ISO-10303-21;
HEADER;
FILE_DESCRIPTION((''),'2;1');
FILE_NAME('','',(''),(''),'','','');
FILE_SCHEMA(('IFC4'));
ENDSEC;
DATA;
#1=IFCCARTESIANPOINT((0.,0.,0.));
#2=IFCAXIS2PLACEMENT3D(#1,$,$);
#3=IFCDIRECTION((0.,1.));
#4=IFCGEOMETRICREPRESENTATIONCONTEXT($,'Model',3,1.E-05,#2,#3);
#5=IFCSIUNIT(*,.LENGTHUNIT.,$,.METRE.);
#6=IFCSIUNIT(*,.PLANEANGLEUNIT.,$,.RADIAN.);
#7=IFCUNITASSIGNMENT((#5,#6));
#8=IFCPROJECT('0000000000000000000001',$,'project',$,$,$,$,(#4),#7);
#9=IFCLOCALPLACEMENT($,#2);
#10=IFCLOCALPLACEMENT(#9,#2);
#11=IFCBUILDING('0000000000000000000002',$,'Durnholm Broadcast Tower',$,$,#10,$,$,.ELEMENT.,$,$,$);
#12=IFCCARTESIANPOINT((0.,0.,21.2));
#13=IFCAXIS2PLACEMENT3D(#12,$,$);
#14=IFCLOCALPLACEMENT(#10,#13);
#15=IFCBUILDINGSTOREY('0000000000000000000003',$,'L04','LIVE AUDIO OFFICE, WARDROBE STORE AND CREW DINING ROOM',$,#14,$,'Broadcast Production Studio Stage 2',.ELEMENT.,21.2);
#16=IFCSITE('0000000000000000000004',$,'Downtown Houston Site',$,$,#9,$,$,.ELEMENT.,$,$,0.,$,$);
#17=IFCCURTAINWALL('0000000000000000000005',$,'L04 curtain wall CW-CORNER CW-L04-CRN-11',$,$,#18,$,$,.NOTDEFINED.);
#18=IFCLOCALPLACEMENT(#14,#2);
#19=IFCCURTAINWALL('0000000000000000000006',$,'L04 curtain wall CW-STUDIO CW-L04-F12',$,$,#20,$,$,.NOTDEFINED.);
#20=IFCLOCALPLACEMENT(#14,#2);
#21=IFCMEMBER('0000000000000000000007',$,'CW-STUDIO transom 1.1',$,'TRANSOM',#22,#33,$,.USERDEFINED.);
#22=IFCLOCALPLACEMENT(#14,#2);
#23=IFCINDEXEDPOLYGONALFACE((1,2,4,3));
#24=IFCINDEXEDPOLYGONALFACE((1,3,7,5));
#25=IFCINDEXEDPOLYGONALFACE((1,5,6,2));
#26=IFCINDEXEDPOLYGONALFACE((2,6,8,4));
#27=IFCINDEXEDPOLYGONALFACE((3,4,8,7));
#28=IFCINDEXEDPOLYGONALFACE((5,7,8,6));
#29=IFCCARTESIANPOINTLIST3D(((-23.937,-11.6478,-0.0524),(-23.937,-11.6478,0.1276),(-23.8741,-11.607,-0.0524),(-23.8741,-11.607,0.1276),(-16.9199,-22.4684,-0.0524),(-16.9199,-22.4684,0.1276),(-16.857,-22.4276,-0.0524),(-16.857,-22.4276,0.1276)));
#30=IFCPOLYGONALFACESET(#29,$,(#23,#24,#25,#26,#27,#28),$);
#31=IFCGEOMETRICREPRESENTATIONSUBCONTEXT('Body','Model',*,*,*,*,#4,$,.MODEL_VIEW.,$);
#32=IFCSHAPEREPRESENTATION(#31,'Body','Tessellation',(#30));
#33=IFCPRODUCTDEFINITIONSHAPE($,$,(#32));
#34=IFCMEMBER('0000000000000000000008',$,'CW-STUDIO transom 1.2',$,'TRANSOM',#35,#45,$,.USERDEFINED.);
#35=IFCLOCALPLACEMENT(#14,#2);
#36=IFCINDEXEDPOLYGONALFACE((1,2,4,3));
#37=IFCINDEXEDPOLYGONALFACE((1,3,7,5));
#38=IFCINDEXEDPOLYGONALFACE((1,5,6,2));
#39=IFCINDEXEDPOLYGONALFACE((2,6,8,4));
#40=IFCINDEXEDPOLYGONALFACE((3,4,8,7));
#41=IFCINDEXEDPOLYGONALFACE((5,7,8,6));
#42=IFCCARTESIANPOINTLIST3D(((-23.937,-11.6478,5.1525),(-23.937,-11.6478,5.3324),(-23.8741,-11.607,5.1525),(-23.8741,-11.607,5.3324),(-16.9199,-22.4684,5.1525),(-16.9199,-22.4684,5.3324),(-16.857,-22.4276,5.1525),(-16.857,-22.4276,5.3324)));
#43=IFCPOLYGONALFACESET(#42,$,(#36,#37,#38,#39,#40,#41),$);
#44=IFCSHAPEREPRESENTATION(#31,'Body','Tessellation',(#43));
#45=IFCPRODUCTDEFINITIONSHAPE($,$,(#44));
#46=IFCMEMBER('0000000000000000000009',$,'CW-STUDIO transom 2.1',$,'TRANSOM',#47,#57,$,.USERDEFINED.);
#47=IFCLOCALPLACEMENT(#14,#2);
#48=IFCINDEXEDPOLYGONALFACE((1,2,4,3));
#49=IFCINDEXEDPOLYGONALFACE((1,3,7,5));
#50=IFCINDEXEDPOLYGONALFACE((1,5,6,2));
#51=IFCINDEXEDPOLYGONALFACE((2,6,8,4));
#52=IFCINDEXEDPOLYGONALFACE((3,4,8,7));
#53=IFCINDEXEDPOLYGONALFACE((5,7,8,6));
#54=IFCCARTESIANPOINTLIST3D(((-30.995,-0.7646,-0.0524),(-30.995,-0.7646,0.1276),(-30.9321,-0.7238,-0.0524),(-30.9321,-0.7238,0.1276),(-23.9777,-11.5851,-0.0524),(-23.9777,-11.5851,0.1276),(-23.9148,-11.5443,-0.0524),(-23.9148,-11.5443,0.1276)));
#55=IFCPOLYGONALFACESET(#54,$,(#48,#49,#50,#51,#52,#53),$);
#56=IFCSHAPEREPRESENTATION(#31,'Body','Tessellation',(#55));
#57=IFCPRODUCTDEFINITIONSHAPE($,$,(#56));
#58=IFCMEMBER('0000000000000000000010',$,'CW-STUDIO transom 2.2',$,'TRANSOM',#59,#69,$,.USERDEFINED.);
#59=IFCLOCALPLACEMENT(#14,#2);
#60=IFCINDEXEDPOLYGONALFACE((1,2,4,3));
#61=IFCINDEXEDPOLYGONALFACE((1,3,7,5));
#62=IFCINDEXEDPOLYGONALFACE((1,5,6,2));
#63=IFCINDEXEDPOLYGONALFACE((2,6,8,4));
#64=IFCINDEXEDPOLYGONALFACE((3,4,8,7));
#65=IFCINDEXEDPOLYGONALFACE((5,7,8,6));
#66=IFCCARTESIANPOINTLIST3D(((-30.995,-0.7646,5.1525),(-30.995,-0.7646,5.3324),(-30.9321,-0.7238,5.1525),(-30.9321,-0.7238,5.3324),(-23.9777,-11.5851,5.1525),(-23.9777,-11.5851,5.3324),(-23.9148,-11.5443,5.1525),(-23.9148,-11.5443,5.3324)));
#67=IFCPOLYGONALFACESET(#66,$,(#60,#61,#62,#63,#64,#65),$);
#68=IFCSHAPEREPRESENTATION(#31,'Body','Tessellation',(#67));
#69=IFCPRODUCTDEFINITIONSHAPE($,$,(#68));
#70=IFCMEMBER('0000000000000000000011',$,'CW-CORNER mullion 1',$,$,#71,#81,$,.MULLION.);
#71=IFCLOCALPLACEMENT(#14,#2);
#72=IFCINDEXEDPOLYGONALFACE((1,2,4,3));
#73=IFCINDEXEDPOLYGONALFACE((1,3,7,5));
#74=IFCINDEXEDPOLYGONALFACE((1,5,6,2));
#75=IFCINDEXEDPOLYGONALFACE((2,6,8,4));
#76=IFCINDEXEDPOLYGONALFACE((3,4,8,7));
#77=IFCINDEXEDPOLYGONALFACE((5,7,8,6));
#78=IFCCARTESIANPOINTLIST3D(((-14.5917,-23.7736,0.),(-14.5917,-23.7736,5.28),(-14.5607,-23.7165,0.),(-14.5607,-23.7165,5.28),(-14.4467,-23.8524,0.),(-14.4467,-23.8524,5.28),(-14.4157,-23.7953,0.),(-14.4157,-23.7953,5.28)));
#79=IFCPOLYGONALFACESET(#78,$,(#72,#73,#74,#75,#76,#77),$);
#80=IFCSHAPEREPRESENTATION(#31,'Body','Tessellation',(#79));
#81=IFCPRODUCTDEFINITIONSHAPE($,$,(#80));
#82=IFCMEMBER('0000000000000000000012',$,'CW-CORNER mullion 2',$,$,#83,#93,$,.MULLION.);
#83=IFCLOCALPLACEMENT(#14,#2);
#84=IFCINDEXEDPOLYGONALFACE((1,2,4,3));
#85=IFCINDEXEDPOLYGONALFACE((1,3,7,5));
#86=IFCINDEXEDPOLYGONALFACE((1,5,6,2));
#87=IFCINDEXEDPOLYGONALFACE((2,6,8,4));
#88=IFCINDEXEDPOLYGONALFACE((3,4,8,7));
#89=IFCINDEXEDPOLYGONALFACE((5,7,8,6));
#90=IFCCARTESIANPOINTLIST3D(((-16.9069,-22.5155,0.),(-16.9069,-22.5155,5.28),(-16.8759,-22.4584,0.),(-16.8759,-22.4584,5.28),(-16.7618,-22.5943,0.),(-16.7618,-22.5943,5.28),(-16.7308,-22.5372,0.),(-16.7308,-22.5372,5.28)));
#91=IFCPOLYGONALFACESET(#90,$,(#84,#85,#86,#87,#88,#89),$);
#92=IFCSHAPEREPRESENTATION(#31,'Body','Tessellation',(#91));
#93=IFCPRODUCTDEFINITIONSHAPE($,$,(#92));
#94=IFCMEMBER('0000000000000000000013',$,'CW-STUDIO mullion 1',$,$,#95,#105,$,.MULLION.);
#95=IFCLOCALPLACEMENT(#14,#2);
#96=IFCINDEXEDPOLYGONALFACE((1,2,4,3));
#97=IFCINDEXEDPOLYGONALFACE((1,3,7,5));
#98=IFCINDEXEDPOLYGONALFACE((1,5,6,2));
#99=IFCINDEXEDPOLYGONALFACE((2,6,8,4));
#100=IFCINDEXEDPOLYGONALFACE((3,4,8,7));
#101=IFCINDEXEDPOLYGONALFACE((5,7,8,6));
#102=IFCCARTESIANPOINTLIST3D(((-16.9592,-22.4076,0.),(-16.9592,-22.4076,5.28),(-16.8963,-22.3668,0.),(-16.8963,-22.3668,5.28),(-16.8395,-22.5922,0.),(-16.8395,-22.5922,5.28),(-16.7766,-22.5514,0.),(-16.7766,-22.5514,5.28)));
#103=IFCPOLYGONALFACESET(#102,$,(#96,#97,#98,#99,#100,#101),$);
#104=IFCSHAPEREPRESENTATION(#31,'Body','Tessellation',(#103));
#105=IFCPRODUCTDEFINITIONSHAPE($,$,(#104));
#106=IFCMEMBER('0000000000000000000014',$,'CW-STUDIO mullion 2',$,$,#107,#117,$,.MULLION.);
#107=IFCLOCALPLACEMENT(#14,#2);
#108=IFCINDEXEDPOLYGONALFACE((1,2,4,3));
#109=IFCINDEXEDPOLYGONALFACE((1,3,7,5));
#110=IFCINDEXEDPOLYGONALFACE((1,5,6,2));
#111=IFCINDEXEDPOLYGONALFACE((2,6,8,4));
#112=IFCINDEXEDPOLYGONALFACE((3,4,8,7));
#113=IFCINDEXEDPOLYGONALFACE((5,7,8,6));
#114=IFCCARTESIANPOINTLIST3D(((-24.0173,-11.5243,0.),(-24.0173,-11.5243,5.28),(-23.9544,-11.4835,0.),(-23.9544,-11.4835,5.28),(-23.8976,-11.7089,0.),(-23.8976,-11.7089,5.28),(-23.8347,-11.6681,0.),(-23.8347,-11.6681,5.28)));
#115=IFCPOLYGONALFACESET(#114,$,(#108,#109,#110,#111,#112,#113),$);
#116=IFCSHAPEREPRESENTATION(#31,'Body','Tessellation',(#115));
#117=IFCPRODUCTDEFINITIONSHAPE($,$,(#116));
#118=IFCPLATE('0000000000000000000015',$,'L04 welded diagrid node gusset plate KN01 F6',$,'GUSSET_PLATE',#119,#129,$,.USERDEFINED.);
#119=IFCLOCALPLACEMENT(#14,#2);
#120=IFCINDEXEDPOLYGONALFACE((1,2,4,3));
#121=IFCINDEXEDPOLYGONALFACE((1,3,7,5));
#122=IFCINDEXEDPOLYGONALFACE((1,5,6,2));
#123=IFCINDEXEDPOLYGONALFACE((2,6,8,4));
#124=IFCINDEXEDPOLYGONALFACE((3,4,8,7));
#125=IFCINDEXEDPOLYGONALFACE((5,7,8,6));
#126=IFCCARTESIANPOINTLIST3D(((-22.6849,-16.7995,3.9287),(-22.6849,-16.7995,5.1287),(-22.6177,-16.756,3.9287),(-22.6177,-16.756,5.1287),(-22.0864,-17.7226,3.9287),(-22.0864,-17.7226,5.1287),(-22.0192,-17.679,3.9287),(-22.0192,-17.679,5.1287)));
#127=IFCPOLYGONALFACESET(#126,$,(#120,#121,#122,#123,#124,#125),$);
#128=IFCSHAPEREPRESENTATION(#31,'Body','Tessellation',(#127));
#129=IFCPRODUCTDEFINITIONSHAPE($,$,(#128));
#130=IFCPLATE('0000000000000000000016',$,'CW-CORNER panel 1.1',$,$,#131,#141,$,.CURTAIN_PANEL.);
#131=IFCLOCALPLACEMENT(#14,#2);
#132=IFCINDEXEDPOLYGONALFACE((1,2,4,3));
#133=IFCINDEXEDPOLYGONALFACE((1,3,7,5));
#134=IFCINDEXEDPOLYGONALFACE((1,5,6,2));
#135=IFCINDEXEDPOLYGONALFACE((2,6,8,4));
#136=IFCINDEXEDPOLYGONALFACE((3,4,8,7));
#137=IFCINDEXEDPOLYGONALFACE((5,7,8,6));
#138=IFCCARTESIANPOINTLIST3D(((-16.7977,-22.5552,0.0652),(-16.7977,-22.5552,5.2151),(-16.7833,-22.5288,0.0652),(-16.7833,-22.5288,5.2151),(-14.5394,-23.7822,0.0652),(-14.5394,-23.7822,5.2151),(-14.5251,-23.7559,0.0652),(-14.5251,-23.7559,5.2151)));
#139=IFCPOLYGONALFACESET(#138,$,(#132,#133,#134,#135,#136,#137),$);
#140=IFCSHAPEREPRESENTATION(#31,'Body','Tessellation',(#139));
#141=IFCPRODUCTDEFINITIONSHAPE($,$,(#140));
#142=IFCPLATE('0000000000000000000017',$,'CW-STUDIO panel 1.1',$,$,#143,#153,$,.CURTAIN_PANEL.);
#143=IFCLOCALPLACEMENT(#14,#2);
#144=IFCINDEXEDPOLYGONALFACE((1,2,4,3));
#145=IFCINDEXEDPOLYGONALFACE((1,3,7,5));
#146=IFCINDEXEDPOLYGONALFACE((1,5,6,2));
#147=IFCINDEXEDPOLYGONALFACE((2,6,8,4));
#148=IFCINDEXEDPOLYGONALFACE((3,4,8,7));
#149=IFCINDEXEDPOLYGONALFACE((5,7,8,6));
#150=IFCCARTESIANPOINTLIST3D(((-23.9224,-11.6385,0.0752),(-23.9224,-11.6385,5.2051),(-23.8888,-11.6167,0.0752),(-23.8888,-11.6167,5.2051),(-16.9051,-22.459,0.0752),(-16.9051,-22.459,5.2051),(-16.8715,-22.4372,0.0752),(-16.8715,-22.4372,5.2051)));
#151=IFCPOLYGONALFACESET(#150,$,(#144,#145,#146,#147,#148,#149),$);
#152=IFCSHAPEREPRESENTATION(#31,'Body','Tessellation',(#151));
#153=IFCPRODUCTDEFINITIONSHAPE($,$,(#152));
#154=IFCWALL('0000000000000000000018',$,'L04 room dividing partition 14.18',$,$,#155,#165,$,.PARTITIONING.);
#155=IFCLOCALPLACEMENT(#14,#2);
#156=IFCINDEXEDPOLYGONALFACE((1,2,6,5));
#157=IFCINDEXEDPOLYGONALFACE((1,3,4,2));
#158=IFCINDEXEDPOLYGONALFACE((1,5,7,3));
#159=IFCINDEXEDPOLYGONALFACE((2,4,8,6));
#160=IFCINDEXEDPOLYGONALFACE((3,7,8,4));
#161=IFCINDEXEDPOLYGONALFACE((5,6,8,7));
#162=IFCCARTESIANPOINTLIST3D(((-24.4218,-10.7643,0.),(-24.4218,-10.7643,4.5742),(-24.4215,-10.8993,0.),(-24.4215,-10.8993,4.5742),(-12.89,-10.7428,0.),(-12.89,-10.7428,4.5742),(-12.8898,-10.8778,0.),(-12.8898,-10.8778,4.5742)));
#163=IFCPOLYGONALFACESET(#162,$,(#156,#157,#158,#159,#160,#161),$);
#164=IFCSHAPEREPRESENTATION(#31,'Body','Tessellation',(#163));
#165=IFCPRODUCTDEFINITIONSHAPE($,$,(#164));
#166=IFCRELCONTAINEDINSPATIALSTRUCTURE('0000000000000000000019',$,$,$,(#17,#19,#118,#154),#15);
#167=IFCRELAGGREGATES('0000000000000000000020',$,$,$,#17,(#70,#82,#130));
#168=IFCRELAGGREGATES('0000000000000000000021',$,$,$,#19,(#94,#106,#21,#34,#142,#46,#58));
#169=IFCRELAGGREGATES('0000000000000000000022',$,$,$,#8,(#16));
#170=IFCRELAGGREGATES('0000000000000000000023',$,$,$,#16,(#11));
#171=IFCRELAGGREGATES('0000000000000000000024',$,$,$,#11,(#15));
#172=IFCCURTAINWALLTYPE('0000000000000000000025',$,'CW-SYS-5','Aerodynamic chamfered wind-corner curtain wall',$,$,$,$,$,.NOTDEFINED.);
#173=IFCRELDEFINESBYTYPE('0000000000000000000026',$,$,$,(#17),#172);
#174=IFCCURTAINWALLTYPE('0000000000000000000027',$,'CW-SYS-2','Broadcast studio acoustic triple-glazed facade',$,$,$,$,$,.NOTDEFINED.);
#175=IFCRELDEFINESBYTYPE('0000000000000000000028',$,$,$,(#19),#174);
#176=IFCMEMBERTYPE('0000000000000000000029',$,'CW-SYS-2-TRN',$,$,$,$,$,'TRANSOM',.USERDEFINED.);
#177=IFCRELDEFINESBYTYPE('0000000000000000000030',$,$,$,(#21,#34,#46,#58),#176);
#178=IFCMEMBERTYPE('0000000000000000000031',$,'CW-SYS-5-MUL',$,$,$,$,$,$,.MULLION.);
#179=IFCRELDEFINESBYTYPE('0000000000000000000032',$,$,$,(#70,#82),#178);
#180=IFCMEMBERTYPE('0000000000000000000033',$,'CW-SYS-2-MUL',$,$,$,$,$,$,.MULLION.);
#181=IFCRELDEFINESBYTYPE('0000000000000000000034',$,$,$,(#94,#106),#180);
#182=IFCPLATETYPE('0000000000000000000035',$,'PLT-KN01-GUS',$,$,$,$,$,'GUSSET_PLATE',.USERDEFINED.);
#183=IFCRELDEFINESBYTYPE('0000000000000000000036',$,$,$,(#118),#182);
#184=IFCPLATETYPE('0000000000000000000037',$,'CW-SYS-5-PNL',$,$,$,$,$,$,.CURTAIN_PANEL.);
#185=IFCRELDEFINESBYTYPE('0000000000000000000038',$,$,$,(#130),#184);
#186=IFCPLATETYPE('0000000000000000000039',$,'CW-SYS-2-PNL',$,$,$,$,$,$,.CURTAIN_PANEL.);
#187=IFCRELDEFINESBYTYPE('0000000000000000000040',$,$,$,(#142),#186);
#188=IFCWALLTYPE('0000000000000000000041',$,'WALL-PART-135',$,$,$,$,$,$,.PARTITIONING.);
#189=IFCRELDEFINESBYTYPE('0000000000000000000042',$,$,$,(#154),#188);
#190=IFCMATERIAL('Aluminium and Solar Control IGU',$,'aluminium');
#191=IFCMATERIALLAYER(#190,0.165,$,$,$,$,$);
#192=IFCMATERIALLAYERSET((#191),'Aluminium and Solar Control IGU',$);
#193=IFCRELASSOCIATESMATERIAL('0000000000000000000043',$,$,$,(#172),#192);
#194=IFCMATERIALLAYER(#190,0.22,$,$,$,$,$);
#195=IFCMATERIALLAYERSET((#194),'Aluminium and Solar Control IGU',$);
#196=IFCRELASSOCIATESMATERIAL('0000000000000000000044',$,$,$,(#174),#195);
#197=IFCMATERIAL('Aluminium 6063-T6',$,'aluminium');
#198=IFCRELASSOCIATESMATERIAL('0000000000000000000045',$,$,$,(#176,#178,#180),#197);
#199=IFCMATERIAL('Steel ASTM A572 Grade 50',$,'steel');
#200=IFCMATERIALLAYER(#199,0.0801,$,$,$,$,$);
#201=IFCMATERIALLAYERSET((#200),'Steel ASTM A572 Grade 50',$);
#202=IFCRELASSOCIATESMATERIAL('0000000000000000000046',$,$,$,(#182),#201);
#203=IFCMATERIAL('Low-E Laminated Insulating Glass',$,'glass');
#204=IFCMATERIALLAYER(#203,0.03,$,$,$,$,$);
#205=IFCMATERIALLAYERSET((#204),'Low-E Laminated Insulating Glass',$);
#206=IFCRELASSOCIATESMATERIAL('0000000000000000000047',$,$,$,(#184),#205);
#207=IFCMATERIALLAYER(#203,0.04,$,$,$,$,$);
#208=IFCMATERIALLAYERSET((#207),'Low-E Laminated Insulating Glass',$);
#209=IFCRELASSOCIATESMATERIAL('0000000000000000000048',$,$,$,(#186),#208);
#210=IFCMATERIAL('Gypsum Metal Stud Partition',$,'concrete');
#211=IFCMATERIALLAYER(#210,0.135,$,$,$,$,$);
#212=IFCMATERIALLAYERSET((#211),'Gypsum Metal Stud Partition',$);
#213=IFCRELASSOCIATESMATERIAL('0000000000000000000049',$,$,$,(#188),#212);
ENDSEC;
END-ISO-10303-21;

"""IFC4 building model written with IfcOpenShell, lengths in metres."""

from ifc_helpers import new_model, si_unit, direction, frame, frame_2d, origin, origin_2d, place, context, subcontext, project, spatial, rectangle, extrude, source, transform, mapped, material, layer, layer_set, material_profile, profile_set, type_object, type_shapes, element, aggregate, save


model = new_model("IFC4")

# Units and contexts
model_context = context("Model", 3, precision=1e-05, world=origin(), true_north=direction((0.0, 1.0)))
body_context = subcontext(model_context, "Body", "Model", "MODEL_VIEW")
ifc_project = project(units=[si_unit("LENGTHUNIT", "METRE"), si_unit("PLANEANGLEUNIT", "RADIAN")], contexts=[model_context])

# Site, building, storey
site_placement = place(None, origin())
site = spatial("IfcSite", under=ifc_project, at=site_placement, Name="Downtown Houston Site", CompositionType="ELEMENT", RefElevation=0.0)
building_placement = place(site_placement, origin())
building = spatial("IfcBuilding", under=site, at=building_placement, Name="Durnholm Broadcast Tower", CompositionType="ELEMENT")
storey_placement = place(building_placement, frame((0.0, 0.0, 21.2)))
storey = spatial("IfcBuildingStorey", under=building, at=storey_placement, Name="L04", Description="LIVE AUDIO OFFICE, WARDROBE STORE AND CREW DINING ROOM", LongName="Broadcast Production Studio Stage 2", CompositionType="ELEMENT", Elevation=21.2)

# Curtain walls, members
ifc_material_1 = material(Name="Aluminium and Solar Control IGU", Category="aluminium")
ifc_layer_1 = layer(ifc_material_1, 0.165)
ifc_layer_set_1 = layer_set([ifc_layer_1], Name="Aluminium and Solar Control IGU")
curtain_wall_type_1 = type_object("IfcCurtainWallType", Name="CW-SYS-5", Description="Aerodynamic chamfered wind-corner curtain wall", PredefinedType="NOTDEFINED", material=ifc_layer_set_1)
curtain_wall_1_placement = place(storey_placement, origin())
curtain_wall_1 = element("IfcCurtainWall", 1, at=curtain_wall_1_placement, inside=storey, type_object=curtain_wall_type_1, Name="L04 curtain wall CW-CORNER CW-L04-CRN-11", PredefinedType="NOTDEFINED")
ifc_material_2 = material(Name="Aluminium 6063-T6", Category="aluminium")
ifc_layer_2 = layer(ifc_material_1, 0.22)
ifc_layer_set_2 = layer_set([ifc_layer_2], Name="Aluminium and Solar Control IGU")
curtain_wall_type_2 = type_object("IfcCurtainWallType", Name="CW-SYS-2", Description="Broadcast studio acoustic triple-glazed facade", PredefinedType="NOTDEFINED", material=ifc_layer_set_2)
curtain_wall_2_placement = place(storey_placement, origin())
curtain_wall_2 = element("IfcCurtainWall", 2, at=curtain_wall_2_placement, inside=storey, type_object=curtain_wall_type_2, Name="L04 curtain wall CW-STUDIO CW-L04-F12", PredefinedType="NOTDEFINED")
ifc_material_profile_1 = material_profile(ifc_material_2, rectangle(XDim=0.075, YDim=0.1799, at=origin_2d()), Name="CWT75X180")
ifc_profile_set_1 = profile_set([ifc_material_profile_1], Name="Aluminium 6063-T6")
member_type_1 = type_object("IfcMemberType", Name="CW-SYS-2-TRN", ElementType="TRANSOM", PredefinedType="USERDEFINED", material=ifc_profile_set_1)
shared_shape_1 = source(origin(), body_context, "Body", "SweptSolid", [
    extrude(rectangle(XDim=0.075, YDim=0.1799, at=origin_2d()), origin(), (0.0, 0.0, 1.0), 12.8967),
])
type_shapes(member_type_1, [shared_shape_1])
member_1_placement = place(storey_placement, frame((-16.8884, -22.448, 0.0376), z_axis=(-0.544101, 0.83902, 0.0), x_axis=(-0.83902, -0.544101, 0.0)))
member_1 = element("IfcMember", 3, at=member_1_placement, type_object=member_type_1, Name="CW-STUDIO transom 1.1", ObjectType="TRANSOM", PredefinedType="USERDEFINED", context=body_context, shape_type="MappedRepresentation", body=[
    mapped(shared_shape_1, transform((0.0, 0.0, 0.0), x_axis=(1.0, 0.0, 0.0), y_axis=(0.0, 1.0, 0.0), z_axis=(0.0, 0.0, 1.0), scale=1.0)),
])
member_2_placement = place(storey_placement, frame((-16.8884, -22.448, 5.2424), z_axis=(-0.544101, 0.83902, 0.0), x_axis=(-0.83902, -0.544101, 0.0)))
member_2 = element("IfcMember", 4, at=member_2_placement, type_object=member_type_1, Name="CW-STUDIO transom 1.2", ObjectType="TRANSOM", PredefinedType="USERDEFINED", context=body_context, shape_type="MappedRepresentation", body=[
    mapped(shared_shape_1, transform((0.0, 0.0, 0.0), x_axis=(1.0, 0.0, 0.0), y_axis=(0.0, 1.0, 0.0), z_axis=(0.0, 0.0, 1.0), scale=1.0)),
])
member_3_placement = place(storey_placement, frame((-23.9463, -11.5647, 0.0376), z_axis=(-0.544114, 0.839011, 0.0), x_axis=(-0.839011, -0.544114, 0.0)))
member_3 = element("IfcMember", 5, at=member_3_placement, type_object=member_type_1, Name="CW-STUDIO transom 2.1", ObjectType="TRANSOM", PredefinedType="USERDEFINED", context=body_context, shape_type="MappedRepresentation", body=[
    mapped(shared_shape_1, transform((0.0, 0.0, 0.0), x_axis=(1.0, 0.0, 0.0), y_axis=(0.0, 1.0, 0.0), z_axis=(0.0, 0.0, 1.0), scale=1.0)),
])
member_4_placement = place(storey_placement, frame((-23.9463, -11.5647, 5.2424), z_axis=(-0.544114, 0.839011, 0.0), x_axis=(-0.839011, -0.544114, 0.0)))
member_4 = element("IfcMember", 6, at=member_4_placement, type_object=member_type_1, Name="CW-STUDIO transom 2.2", ObjectType="TRANSOM", PredefinedType="USERDEFINED", context=body_context, shape_type="MappedRepresentation", body=[
    mapped(shared_shape_1, transform((0.0, 0.0, 0.0), x_axis=(1.0, 0.0, 0.0), y_axis=(0.0, 1.0, 0.0), z_axis=(0.0, 0.0, 1.0), scale=1.0)),
])

# Members
ifc_material_profile_2 = material_profile(ifc_material_2, rectangle(XDim=0.0649, YDim=0.165, at=origin_2d()), Name="CWM65X165")
ifc_profile_set_2 = profile_set([ifc_material_profile_2], Name="Aluminium 6063-T6")
member_type_2 = type_object("IfcMemberType", Name="CW-SYS-5-MUL", PredefinedType="MULLION", material=ifc_profile_set_2)
shared_shape_2 = source(origin(), body_context, "Body", "SweptSolid", [
    extrude(rectangle(XDim=0.0649, YDim=0.165, at=origin_2d()), origin(), (0.0, 0.0, 1.0), 5.28),
])
type_shapes(member_type_2, [shared_shape_2])
member_5_placement = place(storey_placement, frame((-14.5037, -23.7844, 0.0), z_axis=(0.0, 0.0, 1.0), x_axis=(-0.477442, -0.878663, 0.0)))
member_5 = element("IfcMember", 7, at=member_5_placement, type_object=member_type_2, Name="CW-CORNER mullion 1", PredefinedType="MULLION", context=body_context, shape_type="MappedRepresentation", body=[
    mapped(shared_shape_2, transform((0.0, 0.0, 0.0), x_axis=(1.0, 0.0, 0.0), y_axis=(0.0, 1.0, 0.0), z_axis=(0.0, 0.0, 1.0), scale=1.0)),
])
member_6_placement = place(storey_placement, frame((-16.8188, -22.5264, 0.0), z_axis=(0.0, 0.0, 1.0), x_axis=(-0.477442, -0.878663, 0.0)))
member_6 = element("IfcMember", 8, at=member_6_placement, type_object=member_type_2, Name="CW-CORNER mullion 2", PredefinedType="MULLION", context=body_context, shape_type="MappedRepresentation", body=[
    mapped(shared_shape_2, transform((0.0, 0.0, 0.0), x_axis=(1.0, 0.0, 0.0), y_axis=(0.0, 1.0, 0.0), z_axis=(0.0, 0.0, 1.0), scale=1.0)),
])
ifc_material_profile_3 = material_profile(ifc_material_2, rectangle(XDim=0.075, YDim=0.22, at=origin_2d()), Name="CWM75X220")
ifc_profile_set_3 = profile_set([ifc_material_profile_3], Name="Aluminium 6063-T6")
member_type_3 = type_object("IfcMemberType", Name="CW-SYS-2-MUL", PredefinedType="MULLION", material=ifc_profile_set_3)
shared_shape_3 = source(origin(), body_context, "Body", "SweptSolid", [
    extrude(rectangle(XDim=0.075, YDim=0.22, at=origin_2d()), origin(), (0.0, 0.0, 1.0), 5.28),
])
type_shapes(member_type_3, [shared_shape_3])
member_7_placement = place(storey_placement, frame((-16.8679, -22.4795, 0.0), z_axis=(0.0, 0.0, 1.0), x_axis=(-0.839009, -0.544117, 0.0)))
member_7 = element("IfcMember", 9, at=member_7_placement, type_object=member_type_3, Name="CW-STUDIO mullion 1", PredefinedType="MULLION", context=body_context, shape_type="MappedRepresentation", body=[
    mapped(shared_shape_3, transform((0.0, 0.0, 0.0), x_axis=(1.0, 0.0, 0.0), y_axis=(0.0, 1.0, 0.0), z_axis=(0.0, 0.0, 1.0), scale=1.0)),
])
member_8_placement = place(storey_placement, frame((-23.926, -11.5962, 0.0), z_axis=(0.0, 0.0, 1.0), x_axis=(-0.839009, -0.544117, 0.0)))
member_8 = element("IfcMember", 10, at=member_8_placement, type_object=member_type_3, Name="CW-STUDIO mullion 2", PredefinedType="MULLION", context=body_context, shape_type="MappedRepresentation", body=[
    mapped(shared_shape_3, transform((0.0, 0.0, 0.0), x_axis=(1.0, 0.0, 0.0), y_axis=(0.0, 1.0, 0.0), z_axis=(0.0, 0.0, 1.0), scale=1.0)),
])

# Plates
ifc_material_3 = material(Name="Steel ASTM A572 Grade 50", Category="steel")
ifc_layer_3 = layer(ifc_material_3, 0.0801)
ifc_layer_set_3 = layer_set([ifc_layer_3], Name="Steel ASTM A572 Grade 50")
plate_type_1 = type_object("IfcPlateType", Name="PLT-KN01-GUS", ElementType="GUSSET_PLATE", PredefinedType="USERDEFINED", material=ifc_layer_set_3)
shared_shape_4 = source(origin(), body_context, "Body", "SweptSolid", [
    extrude(rectangle(XDim=1.1001, YDim=0.0801, at=origin_2d()), origin(), (0.0, 0.0, 1.0), 1.2),
])
type_shapes(plate_type_1, [shared_shape_4])
plate_1_placement = place(storey_placement, frame((-22.3521, -17.2393, 3.9287), z_axis=(0.0, 0.0, 1.0), x_axis=(0.544053, -0.839051, 0.0)))
element("IfcPlate", 11, at=plate_1_placement, inside=storey, type_object=plate_type_1, Name="L04 welded diagrid node gusset plate KN01 F6", ObjectType="GUSSET_PLATE", PredefinedType="USERDEFINED", context=body_context, shape_type="MappedRepresentation", body=[
    mapped(shared_shape_4, transform((0.0, 0.0, 0.0), x_axis=(1.0, 0.0, 0.0), y_axis=(0.0, 1.0, 0.0), z_axis=(0.0, 0.0, 1.0), scale=1.0)),
])
ifc_material_4 = material(Name="Low-E Laminated Insulating Glass", Category="glass")
ifc_layer_4 = layer(ifc_material_4, 0.03)
ifc_layer_set_4 = layer_set([ifc_layer_4], Name="Low-E Laminated Insulating Glass")
plate_type_2 = type_object("IfcPlateType", Name="CW-SYS-5-PNL", PredefinedType="CURTAIN_PANEL", material=ifc_layer_set_4)
shared_shape_5 = source(origin(), body_context, "Body", "SweptSolid", [
    extrude(rectangle(XDim=2.5701, YDim=0.03, at=origin_2d()), origin(), (0.0, 0.0, 1.0), 5.1499),
])
type_shapes(plate_type_2, [shared_shape_5])
plate_2_placement = place(storey_placement, frame((-15.6614, -23.1555, 0.0652), z_axis=(0.0, 0.0, 1.0), x_axis=(-0.878663, 0.477442, 0.0)))
plate_2 = element("IfcPlate", 12, at=plate_2_placement, type_object=plate_type_2, Name="CW-CORNER panel 1.1", PredefinedType="CURTAIN_PANEL", context=body_context, shape_type="MappedRepresentation", body=[
    mapped(shared_shape_5, transform((0.0, 0.0, 0.0), x_axis=(1.0, 0.0, 0.0), y_axis=(0.0, 1.0, 0.0), z_axis=(0.0, 0.0, 1.0), scale=1.0)),
])
aggregate(curtain_wall_1, [member_5, member_6, plate_2])
ifc_layer_5 = layer(ifc_material_4, 0.04)
ifc_layer_set_5 = layer_set([ifc_layer_5], Name="Low-E Laminated Insulating Glass")
plate_type_3 = type_object("IfcPlateType", Name="CW-SYS-2-PNL", PredefinedType="CURTAIN_PANEL", material=ifc_layer_set_5)
shared_shape_6 = source(origin(), body_context, "Body", "SweptSolid", [
    extrude(rectangle(XDim=12.8967, YDim=0.04, at=origin_2d()), origin(), (0.0, 0.0, 1.0), 5.1299),
])
type_shapes(plate_type_3, [shared_shape_6])
plate_3_placement = place(storey_placement, frame((-20.397, -17.0378, 0.0752), z_axis=(0.0, 0.0, 1.0), x_axis=(-0.544117, 0.839009, 0.0)))
plate_3 = element("IfcPlate", 13, at=plate_3_placement, type_object=plate_type_3, Name="CW-STUDIO panel 1.1", PredefinedType="CURTAIN_PANEL", context=body_context, shape_type="MappedRepresentation", body=[
    mapped(shared_shape_6, transform((0.0, 0.0, 0.0), x_axis=(1.0, 0.0, 0.0), y_axis=(0.0, 1.0, 0.0), z_axis=(0.0, 0.0, 1.0), scale=1.0)),
])
aggregate(curtain_wall_2, [member_7, member_8, member_1, member_2, plate_3, member_3, member_4])

# Wall
ifc_material_5 = material(Name="Gypsum Metal Stud Partition", Category="concrete")
ifc_layer_6 = layer(ifc_material_5, 0.135)
ifc_layer_set_6 = layer_set([ifc_layer_6], Name="Gypsum Metal Stud Partition")
wall_type = type_object("IfcWallType", Name="WALL-PART-135", PredefinedType="PARTITIONING", material=ifc_layer_set_6)
wall_placement = place(storey_placement, frame((-24.4216, -10.8318, 0.0), z_axis=(0.0, 0.0, 1.0), x_axis=(0.999998, 0.001863, 0.0)))
element("IfcWall", 14, at=wall_placement, inside=storey, type_object=wall_type, Name="L04 room dividing partition 14.18", PredefinedType="PARTITIONING", context=body_context, shape_type="SweptSolid", body=[
    extrude(rectangle(XDim=11.5317, YDim=0.135, at=frame_2d((5.7659, 0.0))), origin(), (0.0, 0.0, 1.0), 4.5742),
])

save(model, "model.ifc")
